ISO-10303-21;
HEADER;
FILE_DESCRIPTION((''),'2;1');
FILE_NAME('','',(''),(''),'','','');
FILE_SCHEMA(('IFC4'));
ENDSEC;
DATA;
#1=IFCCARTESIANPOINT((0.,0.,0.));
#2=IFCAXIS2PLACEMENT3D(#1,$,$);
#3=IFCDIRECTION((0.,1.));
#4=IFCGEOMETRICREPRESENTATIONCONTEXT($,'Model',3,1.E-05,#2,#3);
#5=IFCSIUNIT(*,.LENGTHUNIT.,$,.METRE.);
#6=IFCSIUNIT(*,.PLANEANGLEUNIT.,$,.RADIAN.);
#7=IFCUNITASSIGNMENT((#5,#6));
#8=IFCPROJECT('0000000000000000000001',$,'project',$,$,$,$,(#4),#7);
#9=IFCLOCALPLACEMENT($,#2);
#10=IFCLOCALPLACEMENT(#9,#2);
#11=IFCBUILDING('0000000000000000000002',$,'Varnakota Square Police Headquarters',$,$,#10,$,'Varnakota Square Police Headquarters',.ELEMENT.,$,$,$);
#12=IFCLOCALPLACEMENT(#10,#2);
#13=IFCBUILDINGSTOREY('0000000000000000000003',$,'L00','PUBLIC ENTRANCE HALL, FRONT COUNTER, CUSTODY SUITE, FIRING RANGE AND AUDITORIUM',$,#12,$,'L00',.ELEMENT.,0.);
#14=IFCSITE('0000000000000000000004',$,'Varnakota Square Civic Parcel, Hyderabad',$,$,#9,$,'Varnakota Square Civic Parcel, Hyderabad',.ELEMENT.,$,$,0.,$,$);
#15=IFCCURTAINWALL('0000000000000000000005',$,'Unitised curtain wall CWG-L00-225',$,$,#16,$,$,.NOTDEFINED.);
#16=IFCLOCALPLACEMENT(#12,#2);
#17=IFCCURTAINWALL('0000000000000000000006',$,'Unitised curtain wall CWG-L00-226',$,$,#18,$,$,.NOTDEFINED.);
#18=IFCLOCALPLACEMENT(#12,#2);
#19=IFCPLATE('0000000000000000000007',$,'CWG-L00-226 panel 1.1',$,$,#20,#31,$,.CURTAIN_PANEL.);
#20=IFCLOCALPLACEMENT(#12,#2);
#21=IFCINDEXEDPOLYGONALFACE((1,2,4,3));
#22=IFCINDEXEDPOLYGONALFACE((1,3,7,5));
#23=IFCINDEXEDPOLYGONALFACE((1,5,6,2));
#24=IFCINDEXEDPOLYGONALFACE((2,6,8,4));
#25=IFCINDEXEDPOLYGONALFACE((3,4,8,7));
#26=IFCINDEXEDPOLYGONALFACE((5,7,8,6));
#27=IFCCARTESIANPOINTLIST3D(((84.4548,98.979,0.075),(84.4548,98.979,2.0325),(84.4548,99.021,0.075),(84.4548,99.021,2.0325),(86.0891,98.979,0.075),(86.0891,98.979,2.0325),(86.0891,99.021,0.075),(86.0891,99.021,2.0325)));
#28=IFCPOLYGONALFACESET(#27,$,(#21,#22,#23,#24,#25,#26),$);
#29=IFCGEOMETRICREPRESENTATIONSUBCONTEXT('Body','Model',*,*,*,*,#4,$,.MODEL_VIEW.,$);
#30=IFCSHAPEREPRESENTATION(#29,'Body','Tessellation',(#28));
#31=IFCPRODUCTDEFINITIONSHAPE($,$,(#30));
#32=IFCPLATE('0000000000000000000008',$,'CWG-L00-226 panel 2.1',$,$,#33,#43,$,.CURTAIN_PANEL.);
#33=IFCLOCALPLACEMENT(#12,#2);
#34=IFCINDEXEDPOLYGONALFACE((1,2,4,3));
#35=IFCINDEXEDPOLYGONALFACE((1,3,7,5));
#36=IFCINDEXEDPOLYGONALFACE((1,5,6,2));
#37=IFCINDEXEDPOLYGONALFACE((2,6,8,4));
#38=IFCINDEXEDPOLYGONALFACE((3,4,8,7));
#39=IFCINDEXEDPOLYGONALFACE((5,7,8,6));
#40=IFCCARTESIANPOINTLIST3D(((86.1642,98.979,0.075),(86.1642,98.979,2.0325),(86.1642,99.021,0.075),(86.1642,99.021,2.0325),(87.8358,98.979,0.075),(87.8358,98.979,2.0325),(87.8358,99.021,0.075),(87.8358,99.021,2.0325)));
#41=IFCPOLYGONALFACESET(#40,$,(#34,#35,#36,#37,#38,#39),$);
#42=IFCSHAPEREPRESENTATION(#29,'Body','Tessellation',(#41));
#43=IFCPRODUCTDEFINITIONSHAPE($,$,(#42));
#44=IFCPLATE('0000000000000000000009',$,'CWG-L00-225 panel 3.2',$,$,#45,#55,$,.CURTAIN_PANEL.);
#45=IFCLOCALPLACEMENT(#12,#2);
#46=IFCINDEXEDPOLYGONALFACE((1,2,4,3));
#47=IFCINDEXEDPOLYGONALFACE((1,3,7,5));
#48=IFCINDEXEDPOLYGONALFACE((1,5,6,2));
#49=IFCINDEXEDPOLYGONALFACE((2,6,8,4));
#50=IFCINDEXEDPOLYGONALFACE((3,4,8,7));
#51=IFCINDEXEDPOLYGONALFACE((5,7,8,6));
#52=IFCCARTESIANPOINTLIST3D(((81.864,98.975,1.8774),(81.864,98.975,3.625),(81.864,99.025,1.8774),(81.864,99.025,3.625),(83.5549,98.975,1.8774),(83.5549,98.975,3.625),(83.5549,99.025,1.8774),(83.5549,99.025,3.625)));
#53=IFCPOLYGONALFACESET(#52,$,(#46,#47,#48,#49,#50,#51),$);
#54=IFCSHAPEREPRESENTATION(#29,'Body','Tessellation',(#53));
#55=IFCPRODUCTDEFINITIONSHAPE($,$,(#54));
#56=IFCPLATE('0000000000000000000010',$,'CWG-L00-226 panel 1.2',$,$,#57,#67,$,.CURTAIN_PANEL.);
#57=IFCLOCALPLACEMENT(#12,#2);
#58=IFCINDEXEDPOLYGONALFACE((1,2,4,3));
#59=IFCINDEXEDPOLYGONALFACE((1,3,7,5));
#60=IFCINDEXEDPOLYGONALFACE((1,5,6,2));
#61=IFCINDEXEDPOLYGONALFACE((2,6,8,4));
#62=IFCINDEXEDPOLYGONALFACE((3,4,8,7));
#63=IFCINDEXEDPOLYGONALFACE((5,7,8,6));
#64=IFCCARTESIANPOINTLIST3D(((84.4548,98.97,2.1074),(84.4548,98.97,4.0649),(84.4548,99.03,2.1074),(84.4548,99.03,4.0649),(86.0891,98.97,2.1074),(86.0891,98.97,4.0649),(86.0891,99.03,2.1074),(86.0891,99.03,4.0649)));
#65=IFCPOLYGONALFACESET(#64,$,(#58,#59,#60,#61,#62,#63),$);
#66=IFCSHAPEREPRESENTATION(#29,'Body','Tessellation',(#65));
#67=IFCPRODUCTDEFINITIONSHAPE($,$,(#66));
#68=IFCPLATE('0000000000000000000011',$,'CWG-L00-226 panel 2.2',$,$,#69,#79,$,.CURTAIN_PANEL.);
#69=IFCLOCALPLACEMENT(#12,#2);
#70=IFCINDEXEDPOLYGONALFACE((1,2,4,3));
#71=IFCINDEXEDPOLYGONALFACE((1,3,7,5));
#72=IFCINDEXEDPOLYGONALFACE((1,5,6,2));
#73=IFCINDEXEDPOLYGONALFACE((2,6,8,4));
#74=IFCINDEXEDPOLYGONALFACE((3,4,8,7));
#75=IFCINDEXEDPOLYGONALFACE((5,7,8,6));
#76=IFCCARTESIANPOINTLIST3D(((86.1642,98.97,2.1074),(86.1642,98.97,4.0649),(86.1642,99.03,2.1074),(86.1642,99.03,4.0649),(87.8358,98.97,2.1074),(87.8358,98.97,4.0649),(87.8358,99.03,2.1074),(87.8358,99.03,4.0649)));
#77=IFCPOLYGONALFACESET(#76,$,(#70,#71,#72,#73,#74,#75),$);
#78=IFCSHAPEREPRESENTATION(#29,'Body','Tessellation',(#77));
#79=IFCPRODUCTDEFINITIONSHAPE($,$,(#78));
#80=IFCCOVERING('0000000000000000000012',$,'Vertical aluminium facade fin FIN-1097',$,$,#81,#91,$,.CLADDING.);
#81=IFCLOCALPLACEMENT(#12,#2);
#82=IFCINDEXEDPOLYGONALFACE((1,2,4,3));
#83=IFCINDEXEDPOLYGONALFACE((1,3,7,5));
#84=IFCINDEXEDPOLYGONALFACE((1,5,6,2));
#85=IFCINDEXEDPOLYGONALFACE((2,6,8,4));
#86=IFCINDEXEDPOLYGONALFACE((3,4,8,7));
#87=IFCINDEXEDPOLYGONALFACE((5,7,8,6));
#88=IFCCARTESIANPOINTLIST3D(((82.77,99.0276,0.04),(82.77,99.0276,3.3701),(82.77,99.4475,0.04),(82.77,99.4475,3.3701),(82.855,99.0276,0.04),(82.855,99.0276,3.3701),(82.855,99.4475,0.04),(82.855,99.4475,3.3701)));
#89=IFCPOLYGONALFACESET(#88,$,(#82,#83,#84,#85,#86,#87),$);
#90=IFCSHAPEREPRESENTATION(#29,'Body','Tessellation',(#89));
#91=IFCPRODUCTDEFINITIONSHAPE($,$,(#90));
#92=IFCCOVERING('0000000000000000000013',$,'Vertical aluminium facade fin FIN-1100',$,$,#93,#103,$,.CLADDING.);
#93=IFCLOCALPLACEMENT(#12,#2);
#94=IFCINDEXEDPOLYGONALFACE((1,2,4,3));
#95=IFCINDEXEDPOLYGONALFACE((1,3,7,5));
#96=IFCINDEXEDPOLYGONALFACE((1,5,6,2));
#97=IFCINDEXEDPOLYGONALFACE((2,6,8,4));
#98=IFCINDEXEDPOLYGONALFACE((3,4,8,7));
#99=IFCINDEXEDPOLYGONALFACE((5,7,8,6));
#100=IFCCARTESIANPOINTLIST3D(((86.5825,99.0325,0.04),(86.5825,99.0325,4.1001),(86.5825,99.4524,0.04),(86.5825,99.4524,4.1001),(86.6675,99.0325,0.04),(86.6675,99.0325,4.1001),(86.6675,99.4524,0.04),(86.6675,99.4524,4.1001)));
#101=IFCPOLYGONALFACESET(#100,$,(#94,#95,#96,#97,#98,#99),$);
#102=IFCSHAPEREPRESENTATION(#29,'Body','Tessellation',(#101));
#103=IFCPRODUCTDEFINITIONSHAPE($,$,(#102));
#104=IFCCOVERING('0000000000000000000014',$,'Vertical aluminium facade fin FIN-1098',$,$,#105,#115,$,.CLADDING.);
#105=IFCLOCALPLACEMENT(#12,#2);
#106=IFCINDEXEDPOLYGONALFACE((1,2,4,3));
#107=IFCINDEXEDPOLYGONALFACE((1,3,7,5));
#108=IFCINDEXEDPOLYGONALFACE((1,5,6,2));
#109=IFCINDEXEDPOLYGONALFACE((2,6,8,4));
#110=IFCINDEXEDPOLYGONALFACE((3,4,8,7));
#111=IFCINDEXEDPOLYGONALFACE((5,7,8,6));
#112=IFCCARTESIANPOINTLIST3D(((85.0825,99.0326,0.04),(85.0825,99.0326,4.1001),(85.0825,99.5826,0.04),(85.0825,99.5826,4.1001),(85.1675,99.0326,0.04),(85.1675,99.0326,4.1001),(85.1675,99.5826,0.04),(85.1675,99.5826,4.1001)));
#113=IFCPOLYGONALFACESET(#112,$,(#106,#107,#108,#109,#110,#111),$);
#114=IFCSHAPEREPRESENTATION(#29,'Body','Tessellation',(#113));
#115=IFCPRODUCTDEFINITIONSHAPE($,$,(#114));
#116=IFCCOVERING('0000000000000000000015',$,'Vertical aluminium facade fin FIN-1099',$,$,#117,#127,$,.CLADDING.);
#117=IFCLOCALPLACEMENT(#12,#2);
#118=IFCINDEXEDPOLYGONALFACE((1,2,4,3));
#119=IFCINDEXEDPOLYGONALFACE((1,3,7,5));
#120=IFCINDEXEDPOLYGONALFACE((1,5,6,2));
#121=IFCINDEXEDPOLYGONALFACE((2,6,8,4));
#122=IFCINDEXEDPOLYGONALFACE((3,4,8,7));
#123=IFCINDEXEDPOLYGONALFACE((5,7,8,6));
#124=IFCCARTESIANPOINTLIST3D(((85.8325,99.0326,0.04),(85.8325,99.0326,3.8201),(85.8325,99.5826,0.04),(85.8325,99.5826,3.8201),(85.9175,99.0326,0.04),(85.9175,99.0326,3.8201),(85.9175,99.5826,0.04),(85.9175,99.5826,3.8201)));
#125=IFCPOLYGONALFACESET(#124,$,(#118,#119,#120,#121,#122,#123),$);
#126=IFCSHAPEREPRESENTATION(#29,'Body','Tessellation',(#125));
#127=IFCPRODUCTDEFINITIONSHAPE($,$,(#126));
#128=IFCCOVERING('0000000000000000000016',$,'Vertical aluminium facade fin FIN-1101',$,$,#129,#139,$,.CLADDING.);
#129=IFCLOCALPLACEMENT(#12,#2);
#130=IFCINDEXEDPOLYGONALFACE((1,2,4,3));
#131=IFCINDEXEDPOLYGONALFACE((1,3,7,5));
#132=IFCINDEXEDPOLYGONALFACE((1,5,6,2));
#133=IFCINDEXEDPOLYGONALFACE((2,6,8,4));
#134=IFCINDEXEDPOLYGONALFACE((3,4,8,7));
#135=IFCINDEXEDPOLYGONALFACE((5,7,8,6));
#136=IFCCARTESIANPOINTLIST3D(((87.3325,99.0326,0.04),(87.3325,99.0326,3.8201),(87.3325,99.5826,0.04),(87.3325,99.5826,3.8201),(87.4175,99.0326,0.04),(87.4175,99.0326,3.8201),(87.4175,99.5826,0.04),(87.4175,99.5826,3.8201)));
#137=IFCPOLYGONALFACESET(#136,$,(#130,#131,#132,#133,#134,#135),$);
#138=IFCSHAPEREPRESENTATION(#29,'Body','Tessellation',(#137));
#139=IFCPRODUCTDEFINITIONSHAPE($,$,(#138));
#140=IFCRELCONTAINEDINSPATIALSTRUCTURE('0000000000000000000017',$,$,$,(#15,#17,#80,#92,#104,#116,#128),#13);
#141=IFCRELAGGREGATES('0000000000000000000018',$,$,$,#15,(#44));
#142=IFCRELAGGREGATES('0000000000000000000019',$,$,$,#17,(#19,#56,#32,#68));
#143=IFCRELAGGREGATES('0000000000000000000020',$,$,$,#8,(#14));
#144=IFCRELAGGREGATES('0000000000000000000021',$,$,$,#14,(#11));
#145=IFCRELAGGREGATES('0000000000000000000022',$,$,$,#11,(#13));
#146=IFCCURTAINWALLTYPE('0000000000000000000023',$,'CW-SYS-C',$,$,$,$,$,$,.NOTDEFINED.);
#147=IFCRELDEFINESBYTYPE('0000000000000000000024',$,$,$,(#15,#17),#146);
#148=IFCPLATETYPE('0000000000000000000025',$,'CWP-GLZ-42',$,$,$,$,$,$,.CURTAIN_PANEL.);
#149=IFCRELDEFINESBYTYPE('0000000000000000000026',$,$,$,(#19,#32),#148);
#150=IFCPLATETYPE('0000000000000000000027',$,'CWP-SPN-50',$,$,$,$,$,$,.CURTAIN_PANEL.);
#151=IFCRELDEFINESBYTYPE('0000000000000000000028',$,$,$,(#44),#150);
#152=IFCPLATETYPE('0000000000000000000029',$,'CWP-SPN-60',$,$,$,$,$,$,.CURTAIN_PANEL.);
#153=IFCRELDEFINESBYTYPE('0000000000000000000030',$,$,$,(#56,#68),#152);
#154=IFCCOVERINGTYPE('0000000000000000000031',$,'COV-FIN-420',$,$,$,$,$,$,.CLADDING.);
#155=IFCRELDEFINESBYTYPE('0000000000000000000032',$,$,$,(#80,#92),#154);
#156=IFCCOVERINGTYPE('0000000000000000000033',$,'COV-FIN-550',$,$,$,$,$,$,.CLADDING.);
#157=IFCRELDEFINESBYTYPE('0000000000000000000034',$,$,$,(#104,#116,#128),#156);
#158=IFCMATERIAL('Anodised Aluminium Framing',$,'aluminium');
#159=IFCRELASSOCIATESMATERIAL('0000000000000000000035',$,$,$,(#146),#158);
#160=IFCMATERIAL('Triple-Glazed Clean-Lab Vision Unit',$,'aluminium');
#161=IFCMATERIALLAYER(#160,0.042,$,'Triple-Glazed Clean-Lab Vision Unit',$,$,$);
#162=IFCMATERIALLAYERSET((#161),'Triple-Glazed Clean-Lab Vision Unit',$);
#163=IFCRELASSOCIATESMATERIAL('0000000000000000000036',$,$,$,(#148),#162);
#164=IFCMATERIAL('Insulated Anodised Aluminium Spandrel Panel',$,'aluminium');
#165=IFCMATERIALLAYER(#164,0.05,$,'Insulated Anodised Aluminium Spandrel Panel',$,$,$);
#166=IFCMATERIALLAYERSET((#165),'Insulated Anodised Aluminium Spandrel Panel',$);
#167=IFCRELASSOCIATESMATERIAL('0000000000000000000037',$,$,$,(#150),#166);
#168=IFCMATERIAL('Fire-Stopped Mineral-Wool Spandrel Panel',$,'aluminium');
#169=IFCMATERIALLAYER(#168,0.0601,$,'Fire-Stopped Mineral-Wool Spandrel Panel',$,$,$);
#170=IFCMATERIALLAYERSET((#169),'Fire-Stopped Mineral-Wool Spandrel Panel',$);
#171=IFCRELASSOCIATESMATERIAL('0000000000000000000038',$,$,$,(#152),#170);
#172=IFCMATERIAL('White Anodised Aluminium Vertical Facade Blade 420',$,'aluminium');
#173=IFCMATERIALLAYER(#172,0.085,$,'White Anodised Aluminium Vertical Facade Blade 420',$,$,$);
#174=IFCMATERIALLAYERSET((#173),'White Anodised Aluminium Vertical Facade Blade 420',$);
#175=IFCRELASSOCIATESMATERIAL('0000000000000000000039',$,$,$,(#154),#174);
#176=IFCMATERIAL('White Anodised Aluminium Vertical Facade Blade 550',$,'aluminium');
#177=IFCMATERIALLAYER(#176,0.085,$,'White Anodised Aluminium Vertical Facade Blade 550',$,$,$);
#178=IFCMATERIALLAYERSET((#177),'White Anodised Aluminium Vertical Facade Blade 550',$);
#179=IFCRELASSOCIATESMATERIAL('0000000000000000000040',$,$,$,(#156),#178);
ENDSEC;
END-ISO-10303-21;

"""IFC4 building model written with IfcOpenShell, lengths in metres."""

from ifc_helpers import new_model, si_unit, direction, frame, origin, origin_2d, place, context, subcontext, project, spatial, rectangle, extrude, material, layer, layer_set, type_object, element, aggregate, save


model = new_model("IFC4")

# Units and contexts
model_context = context("Model", 3, precision=1e-05, world=origin(), true_north=direction((0.0, 1.0)))
body_context = subcontext(model_context, "Body", "Model", "MODEL_VIEW")
ifc_project = project(units=[si_unit("LENGTHUNIT", "METRE"), si_unit("PLANEANGLEUNIT", "RADIAN")], contexts=[model_context])

# Site, building, storey
site_placement = place(None, origin())
site = spatial("IfcSite", under=ifc_project, at=site_placement, Name="Varnakota Square Civic Parcel, Hyderabad", LongName="Varnakota Square Civic Parcel, Hyderabad", CompositionType="ELEMENT", RefElevation=0.0)
building_placement = place(site_placement, origin())
building = spatial("IfcBuilding", under=site, at=building_placement, Name="Varnakota Square Police Headquarters", LongName="Varnakota Square Police Headquarters", CompositionType="ELEMENT")
storey_placement = place(building_placement, origin())
storey = spatial("IfcBuildingStorey", under=building, at=storey_placement, Name="L00", Description="PUBLIC ENTRANCE HALL, FRONT COUNTER, CUSTODY SUITE, FIRING RANGE AND AUDITORIUM", LongName="L00", CompositionType="ELEMENT", Elevation=0.0)

# Curtain wall
ifc_material_1 = material(Name="Anodised Aluminium Framing", Category="aluminium")
curtain_wall_type = type_object("IfcCurtainWallType", Name="CW-SYS-C", PredefinedType="NOTDEFINED", material=ifc_material_1)
curtain_wall_1_placement = place(storey_placement, origin())
curtain_wall_1 = element("IfcCurtainWall", 1, at=curtain_wall_1_placement, inside=storey, type_object=curtain_wall_type, Name="Unitised curtain wall CWG-L00-225", PredefinedType="NOTDEFINED")

# Curtain wall, plates
curtain_wall_2_placement = place(storey_placement, origin())
curtain_wall_2 = element("IfcCurtainWall", 2, at=curtain_wall_2_placement, inside=storey, type_object=curtain_wall_type, Name="Unitised curtain wall CWG-L00-226", PredefinedType="NOTDEFINED")
ifc_material_2 = material(Name="Triple-Glazed Clean-Lab Vision Unit", Category="aluminium")
ifc_layer_1 = layer(ifc_material_2, 0.042, Name="Triple-Glazed Clean-Lab Vision Unit")
ifc_layer_set_1 = layer_set([ifc_layer_1], Name="Triple-Glazed Clean-Lab Vision Unit")
plate_type_1 = type_object("IfcPlateType", Name="CWP-GLZ-42", PredefinedType="CURTAIN_PANEL", material=ifc_layer_set_1)
plate_1_placement = place(storey_placement, frame((85.272, 99.0, 0.075), z_axis=(0.0, 0.0, 1.0), x_axis=(1.0, 0.0, 0.0)))
plate_1 = element("IfcPlate", 3, at=plate_1_placement, type_object=plate_type_1, Name="CWG-L00-226 panel 1.1", PredefinedType="CURTAIN_PANEL", context=body_context, shape_type="SweptSolid", body=[
    extrude(rectangle(XDim=1.6343, YDim=0.042, at=origin_2d()), origin(), (0.0, 0.0, 1.0), 1.9575),
])
plate_2_placement = place(storey_placement, frame((87.0, 99.0, 0.075), z_axis=(0.0, 0.0, 1.0), x_axis=(1.0, 0.0, 0.0)))
plate_2 = element("IfcPlate", 4, at=plate_2_placement, type_object=plate_type_1, Name="CWG-L00-226 panel 2.1", PredefinedType="CURTAIN_PANEL", context=body_context, shape_type="SweptSolid", body=[
    extrude(rectangle(XDim=1.6716, YDim=0.042, at=origin_2d()), origin(), (0.0, 0.0, 1.0), 1.9575),
])

# Plates
ifc_material_3 = material(Name="Insulated Anodised Aluminium Spandrel Panel", Category="aluminium")
ifc_layer_2 = layer(ifc_material_3, 0.05, Name="Insulated Anodised Aluminium Spandrel Panel")
ifc_layer_set_2 = layer_set([ifc_layer_2], Name="Insulated Anodised Aluminium Spandrel Panel")
plate_type_2 = type_object("IfcPlateType", Name="CWP-SPN-50", PredefinedType="CURTAIN_PANEL", material=ifc_layer_set_2)
plate_3_placement = place(storey_placement, frame((82.7095, 99.0, 1.8774), z_axis=(0.0, 0.0, 1.0), x_axis=(1.0, 0.0, 0.0)))
plate_3 = element("IfcPlate", 5, at=plate_3_placement, type_object=plate_type_2, Name="CWG-L00-225 panel 3.2", PredefinedType="CURTAIN_PANEL", context=body_context, shape_type="SweptSolid", body=[
    extrude(rectangle(XDim=1.6909, YDim=0.05, at=origin_2d()), origin(), (0.0, 0.0, 1.0), 1.7476),
])
aggregate(curtain_wall_1, [plate_3])
ifc_material_4 = material(Name="Fire-Stopped Mineral-Wool Spandrel Panel", Category="aluminium")
ifc_layer_3 = layer(ifc_material_4, 0.0601, Name="Fire-Stopped Mineral-Wool Spandrel Panel")
ifc_layer_set_3 = layer_set([ifc_layer_3], Name="Fire-Stopped Mineral-Wool Spandrel Panel")
plate_type_3 = type_object("IfcPlateType", Name="CWP-SPN-60", PredefinedType="CURTAIN_PANEL", material=ifc_layer_set_3)
plate_4_placement = place(storey_placement, frame((85.272, 99.0, 2.1074), z_axis=(0.0, 0.0, 1.0), x_axis=(1.0, 0.0, 0.0)))
plate_4 = element("IfcPlate", 6, at=plate_4_placement, type_object=plate_type_3, Name="CWG-L00-226 panel 1.2", PredefinedType="CURTAIN_PANEL", context=body_context, shape_type="SweptSolid", body=[
    extrude(rectangle(XDim=1.6343, YDim=0.0601, at=origin_2d()), origin(), (0.0, 0.0, 1.0), 1.9575),
])
plate_5_placement = place(storey_placement, frame((87.0, 99.0, 2.1074), z_axis=(0.0, 0.0, 1.0), x_axis=(1.0, 0.0, 0.0)))
plate_5 = element("IfcPlate", 7, at=plate_5_placement, type_object=plate_type_3, Name="CWG-L00-226 panel 2.2", PredefinedType="CURTAIN_PANEL", context=body_context, shape_type="SweptSolid", body=[
    extrude(rectangle(XDim=1.6716, YDim=0.0601, at=origin_2d()), origin(), (0.0, 0.0, 1.0), 1.9575),
])
aggregate(curtain_wall_2, [plate_1, plate_4, plate_2, plate_5])

# Coverings
ifc_material_5 = material(Name="White Anodised Aluminium Vertical Facade Blade 420", Category="aluminium")
ifc_layer_4 = layer(ifc_material_5, 0.085, Name="White Anodised Aluminium Vertical Facade Blade 420")
ifc_layer_set_4 = layer_set([ifc_layer_4], Name="White Anodised Aluminium Vertical Facade Blade 420")
covering_type_1 = type_object("IfcCoveringType", Name="COV-FIN-420", PredefinedType="CLADDING", material=ifc_layer_set_4)
covering_1_placement = place(storey_placement, frame((82.8125, 99.2375, 0.04), z_axis=(0.0, 0.0, 1.0), x_axis=(1.0, 0.0, 0.0)))
element("IfcCovering", 8, at=covering_1_placement, inside=storey, type_object=covering_type_1, Name="Vertical aluminium facade fin FIN-1097", PredefinedType="CLADDING", context=body_context, shape_type="SweptSolid", body=[
    extrude(rectangle(XDim=0.085, YDim=0.4199, at=origin_2d()), origin(), (0.0, 0.0, 1.0), 3.3301),
])
covering_2_placement = place(storey_placement, frame((86.625, 99.2424, 0.04), z_axis=(0.0, 0.0, 1.0), x_axis=(1.0, 0.0, 0.0)))
element("IfcCovering", 9, at=covering_2_placement, inside=storey, type_object=covering_type_1, Name="Vertical aluminium facade fin FIN-1100", PredefinedType="CLADDING", context=body_context, shape_type="SweptSolid", body=[
    extrude(rectangle(XDim=0.085, YDim=0.4199, at=origin_2d()), origin(), (0.0, 0.0, 1.0), 4.0601),
])
ifc_material_6 = material(Name="White Anodised Aluminium Vertical Facade Blade 550", Category="aluminium")
ifc_layer_5 = layer(ifc_material_6, 0.085, Name="White Anodised Aluminium Vertical Facade Blade 550")
ifc_layer_set_5 = layer_set([ifc_layer_5], Name="White Anodised Aluminium Vertical Facade Blade 550")
covering_type_2 = type_object("IfcCoveringType", Name="COV-FIN-550", PredefinedType="CLADDING", material=ifc_layer_set_5)
covering_3_placement = place(storey_placement, frame((85.125, 99.3076, 0.04), z_axis=(0.0, 0.0, 1.0), x_axis=(1.0, 0.0, 0.0)))
element("IfcCovering", 10, at=covering_3_placement, inside=storey, type_object=covering_type_2, Name="Vertical aluminium facade fin FIN-1098", PredefinedType="CLADDING", context=body_context, shape_type="SweptSolid", body=[
    extrude(rectangle(XDim=0.085, YDim=0.55, at=origin_2d()), origin(), (0.0, 0.0, 1.0), 4.0601),
])
for number, where, z_axis, x_axis, name in (
    (11, (85.875, 99.3076, 0.04), (0.0, 0.0, 1.0), (1.0, 0.0, 0.0), "Vertical aluminium facade fin FIN-1099"),
    (12, (87.375, 99.3076, 0.04), (0.0, 0.0, 1.0), (1.0, 0.0, 0.0), "Vertical aluminium facade fin FIN-1101"),
):
    element("IfcCovering", number, at=place(storey_placement, frame(where, z_axis=z_axis, x_axis=x_axis)), inside=storey, type_object=covering_type_2, Name=name, PredefinedType="CLADDING", context=body_context, shape_type="SweptSolid", body=[
        extrude(rectangle(XDim=0.085, YDim=0.55, at=origin_2d()), origin(), (0.0, 0.0, 1.0), 3.78),
    ])

save(model, "model.ifc")
